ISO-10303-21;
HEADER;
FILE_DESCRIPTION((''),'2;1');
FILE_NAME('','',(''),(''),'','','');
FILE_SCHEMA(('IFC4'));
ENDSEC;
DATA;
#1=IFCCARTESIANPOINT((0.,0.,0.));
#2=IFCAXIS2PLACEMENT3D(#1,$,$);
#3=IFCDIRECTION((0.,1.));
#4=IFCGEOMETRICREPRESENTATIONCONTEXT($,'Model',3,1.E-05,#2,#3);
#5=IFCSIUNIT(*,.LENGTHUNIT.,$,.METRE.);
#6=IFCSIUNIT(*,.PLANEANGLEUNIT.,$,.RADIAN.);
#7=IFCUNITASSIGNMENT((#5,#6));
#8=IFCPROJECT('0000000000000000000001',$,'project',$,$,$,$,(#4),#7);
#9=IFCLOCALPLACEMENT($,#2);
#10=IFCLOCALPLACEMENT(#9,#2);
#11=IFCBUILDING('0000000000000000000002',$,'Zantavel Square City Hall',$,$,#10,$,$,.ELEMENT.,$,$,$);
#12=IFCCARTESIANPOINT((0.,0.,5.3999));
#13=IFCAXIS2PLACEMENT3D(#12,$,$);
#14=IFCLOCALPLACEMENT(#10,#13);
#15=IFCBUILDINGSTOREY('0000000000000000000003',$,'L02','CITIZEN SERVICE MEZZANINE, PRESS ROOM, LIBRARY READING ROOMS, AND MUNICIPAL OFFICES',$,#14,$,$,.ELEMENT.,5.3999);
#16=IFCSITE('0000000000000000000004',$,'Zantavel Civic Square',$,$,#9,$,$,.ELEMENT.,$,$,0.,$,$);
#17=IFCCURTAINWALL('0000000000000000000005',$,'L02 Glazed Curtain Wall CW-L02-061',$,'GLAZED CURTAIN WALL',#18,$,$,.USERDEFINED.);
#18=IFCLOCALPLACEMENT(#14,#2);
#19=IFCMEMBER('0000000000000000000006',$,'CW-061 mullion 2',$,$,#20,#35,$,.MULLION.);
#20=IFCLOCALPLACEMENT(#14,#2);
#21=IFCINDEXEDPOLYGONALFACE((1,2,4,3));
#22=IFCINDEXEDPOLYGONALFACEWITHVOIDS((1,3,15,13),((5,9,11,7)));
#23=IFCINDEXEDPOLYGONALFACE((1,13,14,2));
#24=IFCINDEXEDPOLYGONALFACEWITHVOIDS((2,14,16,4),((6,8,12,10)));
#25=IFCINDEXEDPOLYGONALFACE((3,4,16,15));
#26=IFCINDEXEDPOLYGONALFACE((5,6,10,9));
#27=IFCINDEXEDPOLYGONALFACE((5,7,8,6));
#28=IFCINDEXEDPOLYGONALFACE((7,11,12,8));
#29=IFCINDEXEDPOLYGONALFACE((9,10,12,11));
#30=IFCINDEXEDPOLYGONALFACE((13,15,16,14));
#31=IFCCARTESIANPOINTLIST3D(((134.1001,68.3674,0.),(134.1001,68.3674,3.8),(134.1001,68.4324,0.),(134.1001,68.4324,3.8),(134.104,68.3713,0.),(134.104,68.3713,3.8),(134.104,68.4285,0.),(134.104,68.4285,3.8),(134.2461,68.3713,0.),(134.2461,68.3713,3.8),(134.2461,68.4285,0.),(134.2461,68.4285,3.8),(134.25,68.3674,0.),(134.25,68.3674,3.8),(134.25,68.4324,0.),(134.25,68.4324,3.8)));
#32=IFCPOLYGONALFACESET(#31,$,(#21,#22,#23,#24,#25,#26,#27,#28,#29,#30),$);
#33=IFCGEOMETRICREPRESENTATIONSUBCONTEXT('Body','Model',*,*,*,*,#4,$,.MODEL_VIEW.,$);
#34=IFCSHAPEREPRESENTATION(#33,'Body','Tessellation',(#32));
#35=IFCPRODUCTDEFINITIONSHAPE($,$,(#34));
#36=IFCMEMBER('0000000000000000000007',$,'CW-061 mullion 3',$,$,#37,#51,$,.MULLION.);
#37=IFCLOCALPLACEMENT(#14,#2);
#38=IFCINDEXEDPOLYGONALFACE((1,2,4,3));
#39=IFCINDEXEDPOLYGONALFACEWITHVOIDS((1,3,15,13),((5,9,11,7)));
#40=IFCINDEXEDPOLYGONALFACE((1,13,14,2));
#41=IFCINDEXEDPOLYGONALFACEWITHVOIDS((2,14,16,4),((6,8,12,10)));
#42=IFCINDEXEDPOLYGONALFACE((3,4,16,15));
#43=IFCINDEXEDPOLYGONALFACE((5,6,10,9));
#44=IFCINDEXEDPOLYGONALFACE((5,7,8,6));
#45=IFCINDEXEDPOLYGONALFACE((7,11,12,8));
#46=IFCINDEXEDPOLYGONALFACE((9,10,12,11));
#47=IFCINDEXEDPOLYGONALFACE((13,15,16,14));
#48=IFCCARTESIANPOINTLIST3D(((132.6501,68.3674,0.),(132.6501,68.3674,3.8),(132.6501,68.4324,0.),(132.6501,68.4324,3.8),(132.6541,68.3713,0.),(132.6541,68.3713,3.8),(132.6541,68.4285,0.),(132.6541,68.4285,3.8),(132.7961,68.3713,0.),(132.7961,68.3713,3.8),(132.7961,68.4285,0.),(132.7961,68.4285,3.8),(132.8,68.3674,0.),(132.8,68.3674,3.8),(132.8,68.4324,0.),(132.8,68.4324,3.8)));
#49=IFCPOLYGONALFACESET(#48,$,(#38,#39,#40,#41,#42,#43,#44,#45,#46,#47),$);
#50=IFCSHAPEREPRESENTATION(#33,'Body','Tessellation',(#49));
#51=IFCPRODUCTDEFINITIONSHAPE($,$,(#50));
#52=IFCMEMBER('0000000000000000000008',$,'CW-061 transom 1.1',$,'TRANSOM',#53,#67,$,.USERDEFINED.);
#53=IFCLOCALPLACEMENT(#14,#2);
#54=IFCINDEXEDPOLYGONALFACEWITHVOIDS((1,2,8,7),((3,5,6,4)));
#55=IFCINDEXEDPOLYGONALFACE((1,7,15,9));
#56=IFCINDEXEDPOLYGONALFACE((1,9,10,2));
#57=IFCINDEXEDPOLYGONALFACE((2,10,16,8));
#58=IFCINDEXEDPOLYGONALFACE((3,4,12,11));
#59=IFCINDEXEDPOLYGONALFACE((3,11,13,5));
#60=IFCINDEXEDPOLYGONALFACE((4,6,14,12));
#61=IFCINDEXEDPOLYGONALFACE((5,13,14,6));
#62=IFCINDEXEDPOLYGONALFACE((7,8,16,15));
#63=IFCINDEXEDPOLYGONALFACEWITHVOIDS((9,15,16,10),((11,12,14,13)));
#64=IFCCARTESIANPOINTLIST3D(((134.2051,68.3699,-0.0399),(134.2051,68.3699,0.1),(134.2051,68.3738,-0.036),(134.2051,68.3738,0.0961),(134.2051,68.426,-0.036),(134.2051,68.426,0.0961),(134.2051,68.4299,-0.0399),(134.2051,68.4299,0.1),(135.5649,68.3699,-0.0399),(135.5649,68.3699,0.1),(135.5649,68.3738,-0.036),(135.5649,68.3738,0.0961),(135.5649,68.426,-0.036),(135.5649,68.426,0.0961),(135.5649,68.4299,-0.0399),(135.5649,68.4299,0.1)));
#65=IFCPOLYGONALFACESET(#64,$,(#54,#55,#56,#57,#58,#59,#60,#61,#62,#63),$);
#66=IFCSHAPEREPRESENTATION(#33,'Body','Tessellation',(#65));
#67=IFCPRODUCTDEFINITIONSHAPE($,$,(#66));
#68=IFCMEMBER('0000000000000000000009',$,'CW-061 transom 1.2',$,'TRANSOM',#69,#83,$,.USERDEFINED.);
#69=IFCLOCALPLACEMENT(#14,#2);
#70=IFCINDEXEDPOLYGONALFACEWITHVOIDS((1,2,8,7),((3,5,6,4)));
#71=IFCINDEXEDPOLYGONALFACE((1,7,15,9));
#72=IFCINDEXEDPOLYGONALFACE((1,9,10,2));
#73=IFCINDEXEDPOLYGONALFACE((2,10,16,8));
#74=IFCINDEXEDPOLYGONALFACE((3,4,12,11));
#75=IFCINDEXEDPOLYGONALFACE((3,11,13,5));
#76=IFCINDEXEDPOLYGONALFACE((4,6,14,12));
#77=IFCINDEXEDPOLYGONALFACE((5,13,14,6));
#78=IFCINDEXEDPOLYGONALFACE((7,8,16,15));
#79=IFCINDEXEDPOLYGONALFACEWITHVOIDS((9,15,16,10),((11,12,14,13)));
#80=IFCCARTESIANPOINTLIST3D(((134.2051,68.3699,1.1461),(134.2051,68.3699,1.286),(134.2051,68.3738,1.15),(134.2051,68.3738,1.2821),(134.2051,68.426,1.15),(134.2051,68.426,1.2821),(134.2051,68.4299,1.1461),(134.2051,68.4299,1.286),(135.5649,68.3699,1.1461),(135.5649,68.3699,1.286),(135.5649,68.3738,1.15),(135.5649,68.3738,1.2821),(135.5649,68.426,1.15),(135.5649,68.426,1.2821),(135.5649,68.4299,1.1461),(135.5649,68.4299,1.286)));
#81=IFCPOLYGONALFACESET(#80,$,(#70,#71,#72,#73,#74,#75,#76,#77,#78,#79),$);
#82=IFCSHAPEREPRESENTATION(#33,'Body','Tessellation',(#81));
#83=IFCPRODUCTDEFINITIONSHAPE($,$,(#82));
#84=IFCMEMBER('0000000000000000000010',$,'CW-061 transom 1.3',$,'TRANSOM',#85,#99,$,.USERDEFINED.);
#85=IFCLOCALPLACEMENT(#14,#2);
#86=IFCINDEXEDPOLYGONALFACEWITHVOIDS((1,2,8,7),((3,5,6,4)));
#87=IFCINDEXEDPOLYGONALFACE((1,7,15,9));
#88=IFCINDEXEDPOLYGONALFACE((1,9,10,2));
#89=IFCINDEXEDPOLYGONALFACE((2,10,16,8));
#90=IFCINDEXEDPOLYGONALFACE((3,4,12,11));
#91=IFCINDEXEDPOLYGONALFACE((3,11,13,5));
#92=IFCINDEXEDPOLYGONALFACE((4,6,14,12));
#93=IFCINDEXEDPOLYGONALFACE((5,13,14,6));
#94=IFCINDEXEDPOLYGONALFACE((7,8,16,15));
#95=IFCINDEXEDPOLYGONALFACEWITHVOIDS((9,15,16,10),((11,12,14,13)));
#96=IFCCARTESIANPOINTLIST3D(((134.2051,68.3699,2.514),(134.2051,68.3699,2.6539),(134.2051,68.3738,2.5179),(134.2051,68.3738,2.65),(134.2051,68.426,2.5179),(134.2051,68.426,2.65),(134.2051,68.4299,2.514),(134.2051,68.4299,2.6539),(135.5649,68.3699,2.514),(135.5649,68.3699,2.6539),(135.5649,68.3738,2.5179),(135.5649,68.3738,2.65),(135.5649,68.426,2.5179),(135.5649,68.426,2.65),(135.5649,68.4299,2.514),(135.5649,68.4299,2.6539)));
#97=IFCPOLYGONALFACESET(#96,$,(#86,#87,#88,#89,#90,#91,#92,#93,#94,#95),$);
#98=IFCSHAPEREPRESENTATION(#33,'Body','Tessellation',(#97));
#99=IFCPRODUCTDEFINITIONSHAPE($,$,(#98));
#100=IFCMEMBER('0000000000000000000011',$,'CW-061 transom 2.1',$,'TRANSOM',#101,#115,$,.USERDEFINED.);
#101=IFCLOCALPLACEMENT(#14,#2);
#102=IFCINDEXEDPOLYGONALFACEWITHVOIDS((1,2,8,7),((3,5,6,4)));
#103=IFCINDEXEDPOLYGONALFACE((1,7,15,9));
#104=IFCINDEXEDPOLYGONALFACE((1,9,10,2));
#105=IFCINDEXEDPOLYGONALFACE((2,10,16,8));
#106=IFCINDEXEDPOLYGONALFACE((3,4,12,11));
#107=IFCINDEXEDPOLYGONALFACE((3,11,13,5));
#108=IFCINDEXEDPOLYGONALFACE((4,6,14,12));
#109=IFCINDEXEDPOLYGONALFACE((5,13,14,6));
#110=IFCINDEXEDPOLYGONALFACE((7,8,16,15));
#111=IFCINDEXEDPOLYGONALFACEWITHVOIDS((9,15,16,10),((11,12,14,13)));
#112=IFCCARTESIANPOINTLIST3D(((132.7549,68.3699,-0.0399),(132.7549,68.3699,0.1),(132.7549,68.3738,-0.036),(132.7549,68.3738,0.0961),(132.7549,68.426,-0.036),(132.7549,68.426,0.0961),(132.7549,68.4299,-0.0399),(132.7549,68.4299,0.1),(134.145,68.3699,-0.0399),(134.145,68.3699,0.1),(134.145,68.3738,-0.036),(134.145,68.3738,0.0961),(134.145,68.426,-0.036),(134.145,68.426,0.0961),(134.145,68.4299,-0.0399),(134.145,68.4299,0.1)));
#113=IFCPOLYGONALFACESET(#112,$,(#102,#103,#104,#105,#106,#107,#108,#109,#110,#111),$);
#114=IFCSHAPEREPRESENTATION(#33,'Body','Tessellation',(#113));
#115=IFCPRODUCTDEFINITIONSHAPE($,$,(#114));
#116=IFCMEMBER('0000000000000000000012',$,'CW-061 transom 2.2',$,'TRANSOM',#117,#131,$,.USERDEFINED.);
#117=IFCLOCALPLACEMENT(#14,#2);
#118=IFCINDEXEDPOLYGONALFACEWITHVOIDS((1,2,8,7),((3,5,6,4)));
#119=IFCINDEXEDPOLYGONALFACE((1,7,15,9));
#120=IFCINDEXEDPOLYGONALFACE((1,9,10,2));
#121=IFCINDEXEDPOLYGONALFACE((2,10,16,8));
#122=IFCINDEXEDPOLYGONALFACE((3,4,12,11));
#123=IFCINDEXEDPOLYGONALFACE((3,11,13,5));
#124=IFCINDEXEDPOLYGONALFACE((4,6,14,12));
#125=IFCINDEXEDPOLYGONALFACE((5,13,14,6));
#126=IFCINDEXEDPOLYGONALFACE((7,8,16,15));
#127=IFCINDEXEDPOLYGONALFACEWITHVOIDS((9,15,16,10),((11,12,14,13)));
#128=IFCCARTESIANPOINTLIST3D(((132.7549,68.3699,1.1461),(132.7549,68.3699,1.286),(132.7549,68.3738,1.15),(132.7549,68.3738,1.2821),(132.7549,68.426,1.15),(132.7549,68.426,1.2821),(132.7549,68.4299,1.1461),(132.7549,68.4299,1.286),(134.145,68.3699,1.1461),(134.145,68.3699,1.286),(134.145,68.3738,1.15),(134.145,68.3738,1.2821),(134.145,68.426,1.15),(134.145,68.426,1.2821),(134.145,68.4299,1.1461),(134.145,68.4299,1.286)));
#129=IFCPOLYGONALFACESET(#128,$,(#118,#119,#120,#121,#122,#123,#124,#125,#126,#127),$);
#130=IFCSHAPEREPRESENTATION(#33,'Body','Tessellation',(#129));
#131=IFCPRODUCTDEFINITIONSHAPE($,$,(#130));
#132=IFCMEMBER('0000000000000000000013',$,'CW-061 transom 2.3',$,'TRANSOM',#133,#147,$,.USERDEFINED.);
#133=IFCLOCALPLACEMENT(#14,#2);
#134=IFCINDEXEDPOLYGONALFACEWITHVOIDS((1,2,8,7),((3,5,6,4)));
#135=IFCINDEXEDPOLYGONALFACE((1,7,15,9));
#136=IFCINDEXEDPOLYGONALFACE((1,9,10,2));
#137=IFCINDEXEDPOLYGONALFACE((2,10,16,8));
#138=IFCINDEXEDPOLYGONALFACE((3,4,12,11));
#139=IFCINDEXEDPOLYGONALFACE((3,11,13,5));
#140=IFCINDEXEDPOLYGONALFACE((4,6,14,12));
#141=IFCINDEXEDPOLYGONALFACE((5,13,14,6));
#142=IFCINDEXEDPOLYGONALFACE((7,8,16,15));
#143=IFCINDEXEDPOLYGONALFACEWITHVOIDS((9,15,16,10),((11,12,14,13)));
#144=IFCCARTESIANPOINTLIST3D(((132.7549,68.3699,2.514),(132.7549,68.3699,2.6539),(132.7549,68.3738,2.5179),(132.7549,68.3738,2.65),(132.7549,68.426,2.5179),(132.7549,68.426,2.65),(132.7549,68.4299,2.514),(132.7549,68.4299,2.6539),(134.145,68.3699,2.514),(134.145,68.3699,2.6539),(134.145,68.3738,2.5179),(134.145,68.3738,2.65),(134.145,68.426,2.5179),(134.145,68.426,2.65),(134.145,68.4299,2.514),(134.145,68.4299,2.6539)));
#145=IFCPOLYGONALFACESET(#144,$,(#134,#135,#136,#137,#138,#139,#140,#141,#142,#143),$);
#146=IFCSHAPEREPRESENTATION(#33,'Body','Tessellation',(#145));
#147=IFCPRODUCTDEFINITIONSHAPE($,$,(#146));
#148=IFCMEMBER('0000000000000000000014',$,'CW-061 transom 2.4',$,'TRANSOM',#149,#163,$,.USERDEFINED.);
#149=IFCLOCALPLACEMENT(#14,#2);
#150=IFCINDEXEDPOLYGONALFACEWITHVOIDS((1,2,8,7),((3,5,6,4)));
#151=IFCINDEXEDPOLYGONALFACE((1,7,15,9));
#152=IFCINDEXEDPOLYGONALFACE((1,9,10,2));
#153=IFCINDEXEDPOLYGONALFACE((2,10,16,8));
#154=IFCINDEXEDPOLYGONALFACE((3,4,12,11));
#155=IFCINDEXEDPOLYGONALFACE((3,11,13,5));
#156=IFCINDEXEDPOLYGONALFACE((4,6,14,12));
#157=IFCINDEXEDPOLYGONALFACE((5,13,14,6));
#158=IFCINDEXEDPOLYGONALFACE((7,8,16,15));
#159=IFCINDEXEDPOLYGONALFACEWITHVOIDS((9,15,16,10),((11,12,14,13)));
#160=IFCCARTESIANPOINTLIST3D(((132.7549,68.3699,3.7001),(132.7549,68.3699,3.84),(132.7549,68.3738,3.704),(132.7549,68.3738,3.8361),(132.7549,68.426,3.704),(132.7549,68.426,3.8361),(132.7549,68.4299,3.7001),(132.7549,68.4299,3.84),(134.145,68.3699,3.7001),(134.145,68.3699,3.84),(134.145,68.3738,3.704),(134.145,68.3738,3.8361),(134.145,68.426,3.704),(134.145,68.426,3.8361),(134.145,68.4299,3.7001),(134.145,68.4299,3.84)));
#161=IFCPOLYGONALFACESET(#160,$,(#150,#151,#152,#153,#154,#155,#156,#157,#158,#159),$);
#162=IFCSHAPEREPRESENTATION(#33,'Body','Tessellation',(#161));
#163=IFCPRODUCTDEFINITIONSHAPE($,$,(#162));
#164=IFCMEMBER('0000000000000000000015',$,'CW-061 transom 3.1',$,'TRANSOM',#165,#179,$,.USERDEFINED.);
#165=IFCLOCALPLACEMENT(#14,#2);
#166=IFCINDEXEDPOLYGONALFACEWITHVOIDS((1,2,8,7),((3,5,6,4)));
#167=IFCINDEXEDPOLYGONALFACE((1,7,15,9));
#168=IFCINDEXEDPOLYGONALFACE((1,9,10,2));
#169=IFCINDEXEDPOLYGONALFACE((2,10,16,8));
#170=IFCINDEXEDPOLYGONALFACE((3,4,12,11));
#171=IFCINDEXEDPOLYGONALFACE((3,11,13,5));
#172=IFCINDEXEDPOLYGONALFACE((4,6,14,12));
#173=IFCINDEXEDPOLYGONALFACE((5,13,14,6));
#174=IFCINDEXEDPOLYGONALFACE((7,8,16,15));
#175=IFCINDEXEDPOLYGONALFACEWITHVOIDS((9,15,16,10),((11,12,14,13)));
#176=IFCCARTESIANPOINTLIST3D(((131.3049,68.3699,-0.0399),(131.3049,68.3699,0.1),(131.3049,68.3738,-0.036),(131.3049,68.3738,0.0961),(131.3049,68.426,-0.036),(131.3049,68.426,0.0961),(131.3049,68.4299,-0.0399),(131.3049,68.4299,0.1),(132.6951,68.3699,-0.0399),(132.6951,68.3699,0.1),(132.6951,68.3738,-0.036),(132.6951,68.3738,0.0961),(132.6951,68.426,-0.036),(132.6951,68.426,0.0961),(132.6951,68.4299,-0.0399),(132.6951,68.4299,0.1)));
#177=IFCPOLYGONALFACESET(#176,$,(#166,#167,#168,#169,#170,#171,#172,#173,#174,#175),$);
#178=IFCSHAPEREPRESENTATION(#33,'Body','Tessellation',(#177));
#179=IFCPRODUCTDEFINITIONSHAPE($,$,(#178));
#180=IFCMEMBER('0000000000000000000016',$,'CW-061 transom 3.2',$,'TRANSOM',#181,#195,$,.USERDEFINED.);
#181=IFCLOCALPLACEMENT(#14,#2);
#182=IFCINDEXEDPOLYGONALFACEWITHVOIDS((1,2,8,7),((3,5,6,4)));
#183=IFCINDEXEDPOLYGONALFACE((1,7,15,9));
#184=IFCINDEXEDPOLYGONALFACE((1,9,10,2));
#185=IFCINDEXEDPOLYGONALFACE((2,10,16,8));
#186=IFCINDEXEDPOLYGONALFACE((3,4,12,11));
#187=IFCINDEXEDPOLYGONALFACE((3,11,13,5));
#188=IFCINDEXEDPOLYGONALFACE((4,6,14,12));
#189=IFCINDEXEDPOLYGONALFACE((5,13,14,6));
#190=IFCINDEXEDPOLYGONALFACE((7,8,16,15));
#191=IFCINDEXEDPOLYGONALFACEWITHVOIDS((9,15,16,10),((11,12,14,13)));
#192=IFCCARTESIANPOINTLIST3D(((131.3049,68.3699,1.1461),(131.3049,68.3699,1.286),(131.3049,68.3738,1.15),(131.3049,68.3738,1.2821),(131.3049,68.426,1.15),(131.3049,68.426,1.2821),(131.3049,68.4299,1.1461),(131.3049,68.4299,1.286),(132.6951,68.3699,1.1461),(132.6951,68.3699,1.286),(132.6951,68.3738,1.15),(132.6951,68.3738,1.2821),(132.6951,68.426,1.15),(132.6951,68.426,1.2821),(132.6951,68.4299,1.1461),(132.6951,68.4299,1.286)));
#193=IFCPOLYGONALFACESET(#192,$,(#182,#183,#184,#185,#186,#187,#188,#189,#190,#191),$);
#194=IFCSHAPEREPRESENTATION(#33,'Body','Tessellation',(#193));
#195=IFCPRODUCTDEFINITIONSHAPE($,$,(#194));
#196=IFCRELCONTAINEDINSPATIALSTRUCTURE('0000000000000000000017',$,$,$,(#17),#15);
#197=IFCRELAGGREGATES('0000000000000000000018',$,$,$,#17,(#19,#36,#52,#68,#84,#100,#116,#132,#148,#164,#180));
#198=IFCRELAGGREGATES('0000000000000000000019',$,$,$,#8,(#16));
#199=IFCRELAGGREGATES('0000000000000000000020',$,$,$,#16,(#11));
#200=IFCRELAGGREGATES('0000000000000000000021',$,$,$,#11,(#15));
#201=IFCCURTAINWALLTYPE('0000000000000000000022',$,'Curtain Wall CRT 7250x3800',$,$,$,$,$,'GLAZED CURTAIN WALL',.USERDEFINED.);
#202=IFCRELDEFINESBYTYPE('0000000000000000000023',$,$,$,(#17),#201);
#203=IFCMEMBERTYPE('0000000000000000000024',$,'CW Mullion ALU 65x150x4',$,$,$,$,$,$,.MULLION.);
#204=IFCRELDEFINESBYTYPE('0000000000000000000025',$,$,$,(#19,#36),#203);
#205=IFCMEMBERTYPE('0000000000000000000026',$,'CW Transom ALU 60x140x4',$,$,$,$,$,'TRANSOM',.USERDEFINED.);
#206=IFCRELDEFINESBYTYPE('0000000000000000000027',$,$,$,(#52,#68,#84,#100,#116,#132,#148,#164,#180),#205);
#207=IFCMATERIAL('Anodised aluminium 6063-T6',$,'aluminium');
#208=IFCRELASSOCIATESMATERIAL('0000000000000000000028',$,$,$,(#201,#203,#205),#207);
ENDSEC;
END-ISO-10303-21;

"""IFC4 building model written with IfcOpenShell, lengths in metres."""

from ifc_helpers import new_model, si_unit, direction, frame, origin, origin_2d, place, context, subcontext, project, spatial, hollow_rectangle, extrude, material, material_profile, profile_set, type_object, element, aggregate, save


model = new_model("IFC4")

# Units and contexts
model_context = context("Model", 3, precision=1e-05, world=origin(), true_north=direction((0.0, 1.0)))
body_context = subcontext(model_context, "Body", "Model", "MODEL_VIEW")
ifc_project = project(units=[si_unit("LENGTHUNIT", "METRE"), si_unit("PLANEANGLEUNIT", "RADIAN")], contexts=[model_context])

# Site, building, storey
site_placement = place(None, origin())
site = spatial("IfcSite", under=ifc_project, at=site_placement, Name="Zantavel Civic Square", CompositionType="ELEMENT", RefElevation=0.0)
building_placement = place(site_placement, origin())
building = spatial("IfcBuilding", under=site, at=building_placement, Name="Zantavel Square City Hall", CompositionType="ELEMENT")
storey_placement = place(building_placement, frame((0.0, 0.0, 5.3999)))
storey = spatial("IfcBuildingStorey", under=building, at=storey_placement, Name="L02", Description="CITIZEN SERVICE MEZZANINE, PRESS ROOM, LIBRARY READING ROOMS, AND MUNICIPAL OFFICES", CompositionType="ELEMENT", Elevation=5.3999)

# Curtain wall, members
ifc_material_1 = material(Name="Anodised aluminium 6063-T6", Category="aluminium")
curtain_wall_type = type_object("IfcCurtainWallType", Name="Curtain Wall CRT 7250x3800", ElementType="GLAZED CURTAIN WALL", PredefinedType="USERDEFINED", material=ifc_material_1)
curtain_wall_placement = place(storey_placement, origin())
curtain_wall = element("IfcCurtainWall", 1, at=curtain_wall_placement, inside=storey, type_object=curtain_wall_type, Name="L02 Glazed Curtain Wall CW-L02-061", ObjectType="GLAZED CURTAIN WALL", PredefinedType="USERDEFINED")
ifc_material_profile_1 = material_profile(ifc_material_1, hollow_rectangle(XDim=0.0649, YDim=0.1499, WallThickness=0.0039, at=origin_2d()), Name="ALU 65x150x4")
ifc_profile_set_1 = profile_set([ifc_material_profile_1], Name="Anodised aluminium 6063-T6")
member_type_1 = type_object("IfcMemberType", Name="CW Mullion ALU 65x150x4", PredefinedType="MULLION", material=ifc_profile_set_1)
member_1_placement = place(storey_placement, frame((134.175, 68.3999, 0.0), z_axis=(0.0, 0.0, 1.0), x_axis=(0.0, -1.0, 0.0)))
member_1 = element("IfcMember", 2, at=member_1_placement, type_object=member_type_1, Name="CW-061 mullion 2", PredefinedType="MULLION", context=body_context, shape_type="SweptSolid", body=[
    extrude(hollow_rectangle(XDim=0.0649, YDim=0.1499, WallThickness=0.0039, at=origin_2d()), origin(), (0.0, 0.0, 1.0), 3.8),
])
member_2_placement = place(storey_placement, frame((132.7251, 68.3999, 0.0), z_axis=(0.0, 0.0, 1.0), x_axis=(0.0, -1.0, 0.0)))
member_2 = element("IfcMember", 3, at=member_2_placement, type_object=member_type_1, Name="CW-061 mullion 3", PredefinedType="MULLION", context=body_context, shape_type="SweptSolid", body=[
    extrude(hollow_rectangle(XDim=0.0649, YDim=0.1499, WallThickness=0.0039, at=origin_2d()), origin(), (0.0, 0.0, 1.0), 3.8),
])
ifc_material_profile_2 = material_profile(ifc_material_1, hollow_rectangle(XDim=0.0601, YDim=0.1399, WallThickness=0.0039, at=origin_2d()), Name="ALU 60x140x4")
ifc_profile_set_2 = profile_set([ifc_material_profile_2], Name="Anodised aluminium 6063-T6")
member_type_2 = type_object("IfcMemberType", Name="CW Transom ALU 60x140x4", ElementType="TRANSOM", PredefinedType="USERDEFINED", material=ifc_profile_set_2)
member_3_placement = place(storey_placement, frame((135.5649, 68.3999, 0.03), z_axis=(-1.0, 0.0, 0.0), x_axis=(0.0, -1.0, 0.0)))
member_3 = element("IfcMember", 4, at=member_3_placement, type_object=member_type_2, Name="CW-061 transom 1.1", ObjectType="TRANSOM", PredefinedType="USERDEFINED", context=body_context, shape_type="SweptSolid", body=[
    extrude(hollow_rectangle(XDim=0.0601, YDim=0.1399, WallThickness=0.0039, at=origin_2d()), origin(), (0.0, 0.0, 1.0), 1.3599),
])
member_4_placement = place(storey_placement, frame((135.5649, 68.3999, 1.2161), z_axis=(-1.0, 0.0, 0.0), x_axis=(0.0, -1.0, 0.0)))
member_4 = element("IfcMember", 5, at=member_4_placement, type_object=member_type_2, Name="CW-061 transom 1.2", ObjectType="TRANSOM", PredefinedType="USERDEFINED", context=body_context, shape_type="SweptSolid", body=[
    extrude(hollow_rectangle(XDim=0.0601, YDim=0.1399, WallThickness=0.0039, at=origin_2d()), origin(), (0.0, 0.0, 1.0), 1.3599),
])
member_5_placement = place(storey_placement, frame((135.5649, 68.3999, 2.584), z_axis=(-1.0, 0.0, 0.0), x_axis=(0.0, -1.0, 0.0)))
member_5 = element("IfcMember", 6, at=member_5_placement, type_object=member_type_2, Name="CW-061 transom 1.3", ObjectType="TRANSOM", PredefinedType="USERDEFINED", context=body_context, shape_type="SweptSolid", body=[
    extrude(hollow_rectangle(XDim=0.0601, YDim=0.1399, WallThickness=0.0039, at=origin_2d()), origin(), (0.0, 0.0, 1.0), 1.3599),
])
member_6_placement = place(storey_placement, frame((134.145, 68.3999, 0.03), z_axis=(-1.0, 0.0, 0.0), x_axis=(0.0, -1.0, 0.0)))
member_6 = element("IfcMember", 7, at=member_6_placement, type_object=member_type_2, Name="CW-061 transom 2.1", ObjectType="TRANSOM", PredefinedType="USERDEFINED", context=body_context, shape_type="SweptSolid", body=[
    extrude(hollow_rectangle(XDim=0.0601, YDim=0.1399, WallThickness=0.0039, at=origin_2d()), origin(), (0.0, 0.0, 1.0), 1.3901),
])
member_7_placement = place(storey_placement, frame((134.145, 68.3999, 1.2161), z_axis=(-1.0, 0.0, 0.0), x_axis=(0.0, -1.0, 0.0)))
member_7 = element("IfcMember", 8, at=member_7_placement, type_object=member_type_2, Name="CW-061 transom 2.2", ObjectType="TRANSOM", PredefinedType="USERDEFINED", context=body_context, shape_type="SweptSolid", body=[
    extrude(hollow_rectangle(XDim=0.0601, YDim=0.1399, WallThickness=0.0039, at=origin_2d()), origin(), (0.0, 0.0, 1.0), 1.3901),
])
member_8_placement = place(storey_placement, frame((134.145, 68.3999, 2.584), z_axis=(-1.0, 0.0, 0.0), x_axis=(0.0, -1.0, 0.0)))
member_8 = element("IfcMember", 9, at=member_8_placement, type_object=member_type_2, Name="CW-061 transom 2.3", ObjectType="TRANSOM", PredefinedType="USERDEFINED", context=body_context, shape_type="SweptSolid", body=[
    extrude(hollow_rectangle(XDim=0.0601, YDim=0.1399, WallThickness=0.0039, at=origin_2d()), origin(), (0.0, 0.0, 1.0), 1.3901),
])
member_9_placement = place(storey_placement, frame((134.145, 68.3999, 3.77), z_axis=(-1.0, 0.0, 0.0), x_axis=(0.0, -1.0, 0.0)))
member_9 = element("IfcMember", 10, at=member_9_placement, type_object=member_type_2, Name="CW-061 transom 2.4", ObjectType="TRANSOM", PredefinedType="USERDEFINED", context=body_context, shape_type="SweptSolid", body=[
    extrude(hollow_rectangle(XDim=0.0601, YDim=0.1399, WallThickness=0.0039, at=origin_2d()), origin(), (0.0, 0.0, 1.0), 1.3901),
])
member_10_placement = place(storey_placement, frame((132.6951, 68.3999, 0.03), z_axis=(-1.0, 0.0, 0.0), x_axis=(0.0, -1.0, 0.0)))
member_10 = element("IfcMember", 11, at=member_10_placement, type_object=member_type_2, Name="CW-061 transom 3.1", ObjectType="TRANSOM", PredefinedType="USERDEFINED", context=body_context, shape_type="SweptSolid", body=[
    extrude(hollow_rectangle(XDim=0.0601, YDim=0.1399, WallThickness=0.0039, at=origin_2d()), origin(), (0.0, 0.0, 1.0), 1.3901),
])
member_11_placement = place(storey_placement, frame((132.6951, 68.3999, 1.2161), z_axis=(-1.0, 0.0, 0.0), x_axis=(0.0, -1.0, 0.0)))
member_11 = element("IfcMember", 12, at=member_11_placement, type_object=member_type_2, Name="CW-061 transom 3.2", ObjectType="TRANSOM", PredefinedType="USERDEFINED", context=body_context, shape_type="SweptSolid", body=[
    extrude(hollow_rectangle(XDim=0.0601, YDim=0.1399, WallThickness=0.0039, at=origin_2d()), origin(), (0.0, 0.0, 1.0), 1.3901),
])
aggregate(curtain_wall, [member_1, member_2, member_3, member_4, member_5, member_6, member_7, member_8, member_9, member_10, member_11])

save(model, "model.ifc")
